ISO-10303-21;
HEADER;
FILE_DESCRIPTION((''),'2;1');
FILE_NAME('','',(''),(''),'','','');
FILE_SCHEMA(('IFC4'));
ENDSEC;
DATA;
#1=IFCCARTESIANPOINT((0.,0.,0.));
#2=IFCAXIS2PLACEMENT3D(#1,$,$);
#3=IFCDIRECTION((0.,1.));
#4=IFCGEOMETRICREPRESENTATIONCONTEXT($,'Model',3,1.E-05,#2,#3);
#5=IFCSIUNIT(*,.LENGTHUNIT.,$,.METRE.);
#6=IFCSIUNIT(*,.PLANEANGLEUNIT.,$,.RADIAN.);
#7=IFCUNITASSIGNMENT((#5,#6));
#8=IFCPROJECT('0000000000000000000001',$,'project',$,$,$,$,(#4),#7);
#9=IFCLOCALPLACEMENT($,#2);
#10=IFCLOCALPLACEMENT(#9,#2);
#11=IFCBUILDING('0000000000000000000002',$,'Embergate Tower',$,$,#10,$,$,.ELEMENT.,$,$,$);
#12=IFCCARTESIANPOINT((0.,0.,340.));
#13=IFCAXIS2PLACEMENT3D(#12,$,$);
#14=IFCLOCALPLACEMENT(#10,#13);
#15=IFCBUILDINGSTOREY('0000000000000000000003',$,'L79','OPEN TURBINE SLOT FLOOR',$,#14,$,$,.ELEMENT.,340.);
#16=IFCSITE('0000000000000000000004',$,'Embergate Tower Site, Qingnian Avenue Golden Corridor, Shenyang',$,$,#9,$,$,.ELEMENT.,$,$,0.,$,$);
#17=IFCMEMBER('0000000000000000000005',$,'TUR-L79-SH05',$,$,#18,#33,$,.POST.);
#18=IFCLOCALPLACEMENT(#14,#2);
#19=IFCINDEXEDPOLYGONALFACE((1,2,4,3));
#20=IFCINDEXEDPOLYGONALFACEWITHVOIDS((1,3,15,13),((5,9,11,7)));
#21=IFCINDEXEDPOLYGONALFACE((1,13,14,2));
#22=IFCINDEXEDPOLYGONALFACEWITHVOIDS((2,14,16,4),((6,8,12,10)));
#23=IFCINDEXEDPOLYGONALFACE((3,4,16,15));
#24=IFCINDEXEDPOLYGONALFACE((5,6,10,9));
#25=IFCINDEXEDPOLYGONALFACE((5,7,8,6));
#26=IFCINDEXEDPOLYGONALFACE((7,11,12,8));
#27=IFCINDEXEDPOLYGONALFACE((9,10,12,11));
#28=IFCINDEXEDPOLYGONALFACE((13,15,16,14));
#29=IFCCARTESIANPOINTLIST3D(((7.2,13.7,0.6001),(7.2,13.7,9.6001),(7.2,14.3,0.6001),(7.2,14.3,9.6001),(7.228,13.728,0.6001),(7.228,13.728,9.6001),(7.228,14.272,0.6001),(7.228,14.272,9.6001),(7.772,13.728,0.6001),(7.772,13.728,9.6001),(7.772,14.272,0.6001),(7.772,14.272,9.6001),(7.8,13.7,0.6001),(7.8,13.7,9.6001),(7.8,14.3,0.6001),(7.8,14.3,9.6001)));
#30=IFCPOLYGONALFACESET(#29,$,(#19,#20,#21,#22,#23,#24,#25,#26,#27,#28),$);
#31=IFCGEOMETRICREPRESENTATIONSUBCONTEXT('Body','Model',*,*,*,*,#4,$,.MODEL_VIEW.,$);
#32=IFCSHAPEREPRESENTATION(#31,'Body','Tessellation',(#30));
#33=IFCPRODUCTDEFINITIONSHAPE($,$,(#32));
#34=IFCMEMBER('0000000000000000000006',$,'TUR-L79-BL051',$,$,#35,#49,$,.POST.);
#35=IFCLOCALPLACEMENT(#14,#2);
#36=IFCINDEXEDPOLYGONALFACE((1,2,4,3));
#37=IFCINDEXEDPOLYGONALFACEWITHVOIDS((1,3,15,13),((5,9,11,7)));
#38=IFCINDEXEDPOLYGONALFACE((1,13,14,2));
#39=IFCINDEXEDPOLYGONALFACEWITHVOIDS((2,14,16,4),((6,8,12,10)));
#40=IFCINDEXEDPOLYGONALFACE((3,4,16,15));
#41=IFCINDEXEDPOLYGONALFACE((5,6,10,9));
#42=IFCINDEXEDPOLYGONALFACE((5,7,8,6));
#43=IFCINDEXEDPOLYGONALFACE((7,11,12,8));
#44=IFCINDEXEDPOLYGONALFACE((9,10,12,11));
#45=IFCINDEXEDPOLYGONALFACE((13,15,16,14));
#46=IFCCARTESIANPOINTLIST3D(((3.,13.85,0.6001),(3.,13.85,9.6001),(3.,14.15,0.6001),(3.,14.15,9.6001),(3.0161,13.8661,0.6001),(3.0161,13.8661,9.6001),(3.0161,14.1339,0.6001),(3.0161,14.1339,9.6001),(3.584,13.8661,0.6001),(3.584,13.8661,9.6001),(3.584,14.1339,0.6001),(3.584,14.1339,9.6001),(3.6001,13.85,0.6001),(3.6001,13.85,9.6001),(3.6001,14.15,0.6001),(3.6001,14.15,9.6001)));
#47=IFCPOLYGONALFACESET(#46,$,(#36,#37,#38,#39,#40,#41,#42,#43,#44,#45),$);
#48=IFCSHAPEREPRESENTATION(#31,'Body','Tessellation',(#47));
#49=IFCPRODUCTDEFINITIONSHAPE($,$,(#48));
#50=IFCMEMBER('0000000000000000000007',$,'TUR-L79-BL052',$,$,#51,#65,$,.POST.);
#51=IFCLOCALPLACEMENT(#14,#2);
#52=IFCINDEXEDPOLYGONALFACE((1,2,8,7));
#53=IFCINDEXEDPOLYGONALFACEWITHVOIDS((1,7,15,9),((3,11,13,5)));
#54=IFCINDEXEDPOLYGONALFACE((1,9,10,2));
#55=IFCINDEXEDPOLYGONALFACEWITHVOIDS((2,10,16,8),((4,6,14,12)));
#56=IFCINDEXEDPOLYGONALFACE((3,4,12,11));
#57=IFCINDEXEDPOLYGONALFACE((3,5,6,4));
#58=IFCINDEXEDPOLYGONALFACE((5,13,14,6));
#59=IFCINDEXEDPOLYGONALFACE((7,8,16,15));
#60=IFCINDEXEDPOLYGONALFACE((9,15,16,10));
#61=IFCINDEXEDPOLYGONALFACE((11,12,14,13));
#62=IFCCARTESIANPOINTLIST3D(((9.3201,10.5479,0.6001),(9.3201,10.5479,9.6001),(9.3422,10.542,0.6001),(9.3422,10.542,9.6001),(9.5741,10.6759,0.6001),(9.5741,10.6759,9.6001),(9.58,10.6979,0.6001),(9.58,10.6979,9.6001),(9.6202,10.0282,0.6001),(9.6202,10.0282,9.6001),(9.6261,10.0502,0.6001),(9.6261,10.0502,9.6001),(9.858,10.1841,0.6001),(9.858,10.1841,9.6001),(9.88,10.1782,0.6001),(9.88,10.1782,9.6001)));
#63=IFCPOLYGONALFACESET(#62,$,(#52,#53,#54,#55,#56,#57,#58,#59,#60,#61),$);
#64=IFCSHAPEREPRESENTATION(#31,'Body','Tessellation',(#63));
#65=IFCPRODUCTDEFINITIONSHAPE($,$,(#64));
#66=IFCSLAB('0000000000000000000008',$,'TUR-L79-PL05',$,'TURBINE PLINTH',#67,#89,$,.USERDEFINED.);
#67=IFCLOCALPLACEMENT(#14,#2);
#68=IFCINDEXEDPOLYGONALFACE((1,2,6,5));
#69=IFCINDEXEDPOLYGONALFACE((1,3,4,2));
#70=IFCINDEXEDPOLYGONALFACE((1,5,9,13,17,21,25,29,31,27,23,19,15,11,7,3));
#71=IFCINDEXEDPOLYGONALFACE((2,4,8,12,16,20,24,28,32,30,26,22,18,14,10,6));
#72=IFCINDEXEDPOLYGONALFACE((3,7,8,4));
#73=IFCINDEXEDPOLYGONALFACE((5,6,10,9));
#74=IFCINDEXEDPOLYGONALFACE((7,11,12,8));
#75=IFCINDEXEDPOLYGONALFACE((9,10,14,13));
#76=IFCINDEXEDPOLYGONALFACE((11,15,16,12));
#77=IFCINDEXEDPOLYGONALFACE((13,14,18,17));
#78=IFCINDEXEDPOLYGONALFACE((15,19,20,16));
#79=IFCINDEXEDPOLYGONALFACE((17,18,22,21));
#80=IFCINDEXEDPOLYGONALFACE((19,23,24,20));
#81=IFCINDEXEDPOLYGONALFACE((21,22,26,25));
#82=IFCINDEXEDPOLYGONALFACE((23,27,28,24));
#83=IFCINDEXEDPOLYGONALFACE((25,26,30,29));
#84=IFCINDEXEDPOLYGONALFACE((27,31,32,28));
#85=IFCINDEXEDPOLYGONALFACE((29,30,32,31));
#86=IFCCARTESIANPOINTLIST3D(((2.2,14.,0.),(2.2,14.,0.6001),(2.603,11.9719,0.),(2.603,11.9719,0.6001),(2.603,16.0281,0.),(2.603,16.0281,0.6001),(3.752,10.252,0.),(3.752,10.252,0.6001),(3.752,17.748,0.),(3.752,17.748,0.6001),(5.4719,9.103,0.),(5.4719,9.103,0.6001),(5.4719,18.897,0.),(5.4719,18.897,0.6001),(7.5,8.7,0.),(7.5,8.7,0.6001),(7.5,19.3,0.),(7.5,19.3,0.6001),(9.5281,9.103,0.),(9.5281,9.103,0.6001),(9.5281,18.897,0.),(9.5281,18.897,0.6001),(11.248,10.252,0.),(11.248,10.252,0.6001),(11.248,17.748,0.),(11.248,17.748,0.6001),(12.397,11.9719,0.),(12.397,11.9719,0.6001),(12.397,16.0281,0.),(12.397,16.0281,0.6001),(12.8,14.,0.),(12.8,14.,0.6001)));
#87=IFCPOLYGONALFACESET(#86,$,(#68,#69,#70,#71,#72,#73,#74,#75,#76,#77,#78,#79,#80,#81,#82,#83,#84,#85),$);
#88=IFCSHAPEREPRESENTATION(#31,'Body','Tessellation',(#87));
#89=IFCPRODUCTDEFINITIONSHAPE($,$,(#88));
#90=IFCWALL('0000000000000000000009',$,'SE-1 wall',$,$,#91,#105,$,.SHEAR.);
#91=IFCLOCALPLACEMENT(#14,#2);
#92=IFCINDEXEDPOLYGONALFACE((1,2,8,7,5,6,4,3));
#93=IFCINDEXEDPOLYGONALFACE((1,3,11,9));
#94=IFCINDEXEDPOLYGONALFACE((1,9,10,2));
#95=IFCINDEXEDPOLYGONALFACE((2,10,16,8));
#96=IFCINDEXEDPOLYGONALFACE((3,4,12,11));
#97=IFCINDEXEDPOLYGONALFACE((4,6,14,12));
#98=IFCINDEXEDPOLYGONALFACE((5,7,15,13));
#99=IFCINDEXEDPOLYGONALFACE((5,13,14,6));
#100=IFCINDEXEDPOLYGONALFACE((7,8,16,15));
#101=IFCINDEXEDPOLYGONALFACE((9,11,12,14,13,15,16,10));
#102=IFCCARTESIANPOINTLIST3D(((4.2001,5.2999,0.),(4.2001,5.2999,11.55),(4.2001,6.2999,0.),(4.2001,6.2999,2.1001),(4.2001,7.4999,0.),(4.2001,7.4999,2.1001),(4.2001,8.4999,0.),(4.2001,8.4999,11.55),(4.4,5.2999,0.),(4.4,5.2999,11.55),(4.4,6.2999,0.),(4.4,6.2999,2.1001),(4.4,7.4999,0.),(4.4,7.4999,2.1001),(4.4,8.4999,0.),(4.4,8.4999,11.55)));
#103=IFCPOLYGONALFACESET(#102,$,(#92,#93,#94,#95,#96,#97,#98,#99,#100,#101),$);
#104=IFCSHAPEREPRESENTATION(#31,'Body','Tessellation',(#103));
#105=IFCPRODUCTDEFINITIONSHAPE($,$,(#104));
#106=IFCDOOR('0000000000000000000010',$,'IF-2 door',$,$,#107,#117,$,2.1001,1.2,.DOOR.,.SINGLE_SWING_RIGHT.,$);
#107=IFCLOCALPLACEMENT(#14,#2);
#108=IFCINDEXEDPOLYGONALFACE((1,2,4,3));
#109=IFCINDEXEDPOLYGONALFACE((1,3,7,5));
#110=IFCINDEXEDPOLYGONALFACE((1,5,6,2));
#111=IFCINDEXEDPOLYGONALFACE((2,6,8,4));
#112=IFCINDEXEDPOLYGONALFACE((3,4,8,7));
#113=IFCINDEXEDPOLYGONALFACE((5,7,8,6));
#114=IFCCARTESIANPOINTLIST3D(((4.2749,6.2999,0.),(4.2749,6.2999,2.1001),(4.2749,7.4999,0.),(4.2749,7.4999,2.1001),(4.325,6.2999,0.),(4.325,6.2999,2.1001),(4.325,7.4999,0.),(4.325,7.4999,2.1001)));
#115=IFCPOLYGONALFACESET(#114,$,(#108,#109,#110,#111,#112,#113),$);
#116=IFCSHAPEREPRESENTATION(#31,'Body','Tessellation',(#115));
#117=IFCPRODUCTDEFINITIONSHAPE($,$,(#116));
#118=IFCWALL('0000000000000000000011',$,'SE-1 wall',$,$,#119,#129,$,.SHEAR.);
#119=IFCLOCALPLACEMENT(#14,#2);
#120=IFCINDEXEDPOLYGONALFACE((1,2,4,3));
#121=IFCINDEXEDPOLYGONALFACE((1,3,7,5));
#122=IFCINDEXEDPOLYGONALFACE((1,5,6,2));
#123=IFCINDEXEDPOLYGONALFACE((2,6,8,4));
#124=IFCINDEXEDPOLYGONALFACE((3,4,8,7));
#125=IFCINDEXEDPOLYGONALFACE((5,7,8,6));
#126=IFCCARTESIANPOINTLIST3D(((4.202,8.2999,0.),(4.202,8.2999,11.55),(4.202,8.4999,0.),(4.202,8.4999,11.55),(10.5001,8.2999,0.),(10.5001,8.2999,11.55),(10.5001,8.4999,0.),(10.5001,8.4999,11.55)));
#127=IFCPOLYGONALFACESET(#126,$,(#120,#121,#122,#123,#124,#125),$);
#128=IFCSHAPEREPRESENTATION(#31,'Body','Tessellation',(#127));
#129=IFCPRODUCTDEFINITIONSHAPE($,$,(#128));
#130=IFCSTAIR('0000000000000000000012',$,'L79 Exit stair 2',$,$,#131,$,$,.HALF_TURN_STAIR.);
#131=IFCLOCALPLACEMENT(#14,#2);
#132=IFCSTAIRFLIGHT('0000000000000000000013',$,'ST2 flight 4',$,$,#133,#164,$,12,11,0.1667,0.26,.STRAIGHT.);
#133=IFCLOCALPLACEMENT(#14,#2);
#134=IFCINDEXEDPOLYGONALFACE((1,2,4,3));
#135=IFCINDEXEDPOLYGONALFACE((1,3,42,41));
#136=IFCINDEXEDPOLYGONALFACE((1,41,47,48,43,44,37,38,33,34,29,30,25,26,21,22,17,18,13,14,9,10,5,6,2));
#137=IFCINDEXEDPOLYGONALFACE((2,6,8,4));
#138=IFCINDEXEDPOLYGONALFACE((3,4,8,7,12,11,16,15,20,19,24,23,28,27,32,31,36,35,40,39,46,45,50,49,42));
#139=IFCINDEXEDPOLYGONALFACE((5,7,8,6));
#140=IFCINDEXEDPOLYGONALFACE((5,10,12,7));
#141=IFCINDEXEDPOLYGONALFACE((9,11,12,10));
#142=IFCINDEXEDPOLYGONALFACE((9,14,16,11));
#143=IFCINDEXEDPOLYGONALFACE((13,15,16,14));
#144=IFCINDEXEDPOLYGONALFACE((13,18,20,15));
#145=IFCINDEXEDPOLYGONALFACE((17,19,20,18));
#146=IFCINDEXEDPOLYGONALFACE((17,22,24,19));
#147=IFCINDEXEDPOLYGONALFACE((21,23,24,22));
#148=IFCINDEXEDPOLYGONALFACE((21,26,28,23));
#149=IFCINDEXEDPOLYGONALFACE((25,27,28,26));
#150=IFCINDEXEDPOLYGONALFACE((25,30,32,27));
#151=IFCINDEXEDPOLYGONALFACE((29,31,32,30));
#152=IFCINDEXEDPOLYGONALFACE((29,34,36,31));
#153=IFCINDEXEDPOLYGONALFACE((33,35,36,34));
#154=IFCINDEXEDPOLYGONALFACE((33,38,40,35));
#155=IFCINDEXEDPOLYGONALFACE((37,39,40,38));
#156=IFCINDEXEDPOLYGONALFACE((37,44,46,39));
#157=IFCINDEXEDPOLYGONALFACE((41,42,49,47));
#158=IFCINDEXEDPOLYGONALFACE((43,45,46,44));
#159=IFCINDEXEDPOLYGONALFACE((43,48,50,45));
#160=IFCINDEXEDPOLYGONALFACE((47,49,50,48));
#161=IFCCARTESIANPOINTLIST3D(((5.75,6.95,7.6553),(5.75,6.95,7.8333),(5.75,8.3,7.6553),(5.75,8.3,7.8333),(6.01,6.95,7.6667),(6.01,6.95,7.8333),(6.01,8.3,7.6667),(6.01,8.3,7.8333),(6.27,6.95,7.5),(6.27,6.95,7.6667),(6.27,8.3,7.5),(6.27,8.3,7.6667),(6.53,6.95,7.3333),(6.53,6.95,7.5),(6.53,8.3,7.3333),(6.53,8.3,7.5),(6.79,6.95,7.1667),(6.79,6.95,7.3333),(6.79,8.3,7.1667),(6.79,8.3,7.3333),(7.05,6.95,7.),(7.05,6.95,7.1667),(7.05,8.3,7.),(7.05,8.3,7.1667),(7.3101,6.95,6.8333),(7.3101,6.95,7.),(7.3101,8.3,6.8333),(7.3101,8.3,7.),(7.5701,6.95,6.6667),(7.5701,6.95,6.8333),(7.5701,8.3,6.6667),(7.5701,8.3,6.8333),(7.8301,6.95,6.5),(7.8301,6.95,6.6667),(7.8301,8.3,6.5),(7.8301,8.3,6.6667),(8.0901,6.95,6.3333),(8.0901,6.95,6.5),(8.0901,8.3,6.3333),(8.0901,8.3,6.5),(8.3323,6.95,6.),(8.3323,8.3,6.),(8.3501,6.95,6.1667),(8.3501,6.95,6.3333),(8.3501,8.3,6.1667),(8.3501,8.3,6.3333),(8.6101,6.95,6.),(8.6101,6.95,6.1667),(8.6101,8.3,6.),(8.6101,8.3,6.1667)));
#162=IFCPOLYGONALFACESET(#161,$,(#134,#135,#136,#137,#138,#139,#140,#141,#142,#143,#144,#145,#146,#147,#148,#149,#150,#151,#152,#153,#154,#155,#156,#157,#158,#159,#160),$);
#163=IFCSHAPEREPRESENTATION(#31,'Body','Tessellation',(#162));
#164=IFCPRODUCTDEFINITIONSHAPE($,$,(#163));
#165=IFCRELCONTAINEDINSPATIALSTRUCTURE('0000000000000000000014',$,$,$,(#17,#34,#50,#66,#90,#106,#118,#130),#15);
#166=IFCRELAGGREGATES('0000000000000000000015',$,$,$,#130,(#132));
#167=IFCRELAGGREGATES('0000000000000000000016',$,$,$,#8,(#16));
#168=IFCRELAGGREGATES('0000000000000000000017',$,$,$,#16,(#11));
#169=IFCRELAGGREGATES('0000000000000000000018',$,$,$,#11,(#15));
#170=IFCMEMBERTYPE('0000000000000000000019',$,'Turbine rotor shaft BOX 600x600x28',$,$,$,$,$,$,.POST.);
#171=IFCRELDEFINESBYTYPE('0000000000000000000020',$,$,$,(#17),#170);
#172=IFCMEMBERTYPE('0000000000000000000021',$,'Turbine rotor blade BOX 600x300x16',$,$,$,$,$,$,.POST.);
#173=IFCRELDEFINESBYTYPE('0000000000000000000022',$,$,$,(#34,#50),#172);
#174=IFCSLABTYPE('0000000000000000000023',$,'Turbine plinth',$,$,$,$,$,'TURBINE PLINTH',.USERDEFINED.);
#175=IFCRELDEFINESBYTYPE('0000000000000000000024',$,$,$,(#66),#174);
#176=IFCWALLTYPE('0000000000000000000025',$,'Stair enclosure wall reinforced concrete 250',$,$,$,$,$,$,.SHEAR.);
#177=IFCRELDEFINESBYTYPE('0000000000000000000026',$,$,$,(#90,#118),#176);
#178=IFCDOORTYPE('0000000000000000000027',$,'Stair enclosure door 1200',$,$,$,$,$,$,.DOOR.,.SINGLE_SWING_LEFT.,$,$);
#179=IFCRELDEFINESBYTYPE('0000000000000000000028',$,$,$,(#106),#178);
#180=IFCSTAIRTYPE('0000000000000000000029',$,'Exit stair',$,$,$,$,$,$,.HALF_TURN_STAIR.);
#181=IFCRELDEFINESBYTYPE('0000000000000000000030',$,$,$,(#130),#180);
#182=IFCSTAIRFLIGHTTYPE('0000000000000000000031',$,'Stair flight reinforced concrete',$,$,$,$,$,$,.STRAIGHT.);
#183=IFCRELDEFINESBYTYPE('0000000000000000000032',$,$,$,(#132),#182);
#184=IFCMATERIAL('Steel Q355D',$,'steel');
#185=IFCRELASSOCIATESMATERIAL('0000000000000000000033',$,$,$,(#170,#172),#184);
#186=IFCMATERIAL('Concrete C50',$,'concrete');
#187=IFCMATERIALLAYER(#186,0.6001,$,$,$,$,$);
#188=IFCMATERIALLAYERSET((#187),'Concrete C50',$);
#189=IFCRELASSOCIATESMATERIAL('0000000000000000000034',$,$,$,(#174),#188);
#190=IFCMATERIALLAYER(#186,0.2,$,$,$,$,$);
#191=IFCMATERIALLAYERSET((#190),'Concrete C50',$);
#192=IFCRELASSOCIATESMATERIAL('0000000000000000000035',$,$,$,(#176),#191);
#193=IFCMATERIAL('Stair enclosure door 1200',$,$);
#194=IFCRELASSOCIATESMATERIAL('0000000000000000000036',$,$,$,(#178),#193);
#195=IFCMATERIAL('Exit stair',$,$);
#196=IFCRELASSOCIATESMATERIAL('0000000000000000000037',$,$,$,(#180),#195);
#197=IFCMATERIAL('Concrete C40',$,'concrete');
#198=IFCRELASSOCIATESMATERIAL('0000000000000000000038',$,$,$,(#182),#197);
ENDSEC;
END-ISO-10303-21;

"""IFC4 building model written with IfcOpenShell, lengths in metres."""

from ifc_helpers import new_model, si_unit, direction, frame, frame_2d, origin, origin_2d, place, context, subcontext, project, spatial, polyline, rectangle, hollow_rectangle, outline, extrude, source, transform, mapped, material, layer, layer_set, material_profile, profile_set, type_object, element, fill, aggregate, save


model = new_model("IFC4")

# Units and contexts
model_context = context("Model", 3, precision=1e-05, world=origin(), true_north=direction((0.0, 1.0)))
body_context = subcontext(model_context, "Body", "Model", "MODEL_VIEW")
ifc_project = project(units=[si_unit("LENGTHUNIT", "METRE"), si_unit("PLANEANGLEUNIT", "RADIAN")], contexts=[model_context])

# Site, building, storey
site_placement = place(None, origin())
site = spatial("IfcSite", under=ifc_project, at=site_placement, Name="Embergate Tower Site, Qingnian Avenue Golden Corridor, Shenyang", CompositionType="ELEMENT", RefElevation=0.0)
building_placement = place(site_placement, origin())
building = spatial("IfcBuilding", under=site, at=building_placement, Name="Embergate Tower", CompositionType="ELEMENT")
storey_placement = place(building_placement, frame((0.0, 0.0, 340.0)))
storey = spatial("IfcBuildingStorey", under=building, at=storey_placement, Name="L79", Description="OPEN TURBINE SLOT FLOOR", CompositionType="ELEMENT", Elevation=340.0)

# Shared definitions
ifc_material_1 = material(Name="Steel Q355D", Category="steel")

# Members
ifc_material_profile_1 = material_profile(ifc_material_1, hollow_rectangle(XDim=0.6001, YDim=0.6001, WallThickness=0.0281, at=origin_2d()), Name="BOX 600x600x28")
ifc_profile_set_1 = profile_set([ifc_material_profile_1], Name="Steel Q355 grade D")
member_type_1 = type_object("IfcMemberType", Name="Turbine rotor shaft BOX 600x600x28", PredefinedType="POST", material=ifc_profile_set_1)
shared_shape_1 = source(origin(), body_context, "Body", "SweptSolid", [
    extrude(hollow_rectangle(XDim=0.6001, YDim=0.6001, WallThickness=0.0281, at=origin_2d()), origin(), (0.0, 0.0, 1.0), 9.0),
])
member_1_placement = place(storey_placement, frame((7.5, 14.0, 0.6001), z_axis=(0.0, 0.0, 1.0), x_axis=(1.0, 0.0, 0.0)))
element("IfcMember", 1, at=member_1_placement, inside=storey, type_object=member_type_1, Name="TUR-L79-SH05", PredefinedType="POST", context=body_context, shape_type="MappedRepresentation", body=[
    mapped(shared_shape_1, transform((0.0, 0.0, 0.0))),
])
ifc_material_profile_2 = material_profile(ifc_material_1, hollow_rectangle(XDim=0.3, YDim=0.6001, WallThickness=0.0161, at=origin_2d()), Name="BOX 600x300x16")
ifc_profile_set_2 = profile_set([ifc_material_profile_2], Name="Steel Q355 grade D")
member_type_2 = type_object("IfcMemberType", Name="Turbine rotor blade BOX 600x300x16", PredefinedType="POST", material=ifc_profile_set_2)
shared_shape_2 = source(origin(), body_context, "Body", "SweptSolid", [
    extrude(hollow_rectangle(XDim=0.3, YDim=0.6001, WallThickness=0.0161, at=origin_2d()), origin(), (0.0, 0.0, 1.0), 9.0),
])
for number, where, z_axis, x_axis, name in (
    (2, (3.3, 14.0, 0.6001), (0.0, 0.0, 1.0), (0.0, -1.0, 0.0), "TUR-L79-BL051"),
    (3, (9.6001, 10.363, 0.6001), (0.0, 0.0, 1.0), (0.866025, 0.5, 0.0), "TUR-L79-BL052"),
):
    element("IfcMember", number, at=place(storey_placement, frame(where, z_axis=z_axis, x_axis=x_axis)), inside=storey, type_object=member_type_2, Name=name, PredefinedType="POST", context=body_context, shape_type="MappedRepresentation", body=[
        mapped(shared_shape_2, transform((0.0, 0.0, 0.0))),
    ])

# Slab
ifc_material_2 = material(Name="Concrete C50", Category="concrete")
ifc_layer_1 = layer(ifc_material_2, 0.6001)
ifc_layer_set_1 = layer_set([ifc_layer_1], Name="Concrete C50")
slab_type = type_object("IfcSlabType", Name="Turbine plinth", ElementType="TURBINE PLINTH", PredefinedType="USERDEFINED", material=ifc_layer_set_1)
shared_shape_3 = source(origin(), body_context, "Body", "SweptSolid", [
    extrude(outline(polyline([(0.0, 0.0), (2.0281, 0.4031), (3.748, 1.552), (4.897, 3.272), (5.3, 5.3), (4.897, 7.3281), (3.748, 9.0481), (2.0281, 10.197), (0.0, 10.6001), (-2.0281, 10.197), (-3.748, 9.0481), (-4.897, 7.3281), (-5.3, 5.3), (-4.897, 3.272), (-3.748, 1.552), (-2.0281, 0.4031), (0.0, 0.0)])), origin(), (0.0, 0.0, 1.0), 0.6001),
])
slab_placement = place(storey_placement, frame((7.5, 8.7, 0.0)))
element("IfcSlab", 4, at=slab_placement, inside=storey, type_object=slab_type, Name="TUR-L79-PL05", ObjectType="TURBINE PLINTH", PredefinedType="USERDEFINED", context=body_context, shape_type="MappedRepresentation", body=[
    mapped(shared_shape_3, transform((0.0, 0.0, 0.0))),
])

# Wall, opening, door
ifc_layer_2 = layer(ifc_material_2, 0.2)
ifc_layer_set_2 = layer_set([ifc_layer_2], Name="Concrete C50")
wall_type = type_object("IfcWallType", Name="Stair enclosure wall reinforced concrete 250", PredefinedType="SHEAR", material=ifc_layer_set_2)
shared_shape_4 = source(origin(), body_context, "Body", "SweptSolid", [
    extrude(rectangle(XDim=3.2, YDim=0.2, at=frame_2d((1.6001, 0.0))), origin(), (0.0, 0.0, 1.0), 11.55),
])
wall_1_placement = place(storey_placement, frame((4.3, 8.5, 0.0), z_axis=(0.0, 0.0, 1.0), x_axis=(0.0, -1.0, 0.0)))
wall_1 = element("IfcWall", 5, at=wall_1_placement, inside=storey, type_object=wall_type, Name="SE-1 wall", PredefinedType="SHEAR", context=body_context, shape_type="MappedRepresentation", body=[
    mapped(shared_shape_4, transform((0.0, 0.0, 0.0))),
])
shared_shape_5 = source(origin(), body_context, "Body", "SweptSolid", [
    extrude(rectangle(XDim=1.2, YDim=2.1001, at=frame_2d((0.6001, 1.05))), frame((0.0, 0.1099, 0.0), z_axis=(0.0, -1.0, 0.0), x_axis=(1.0, 0.0, 0.0)), (0.0, 0.0, 1.0), 0.22),
])
opening_placement = place(wall_1_placement, frame((1.0, 0.0, 0.0)))
opening = element("IfcOpeningElement", 6, at=opening_placement, cuts=wall_1, PredefinedType="OPENING", context=body_context, shape_type="MappedRepresentation", body=[
    mapped(shared_shape_5, transform((0.0, 0.0, 0.0))),
])
ifc_material_3 = material(Name="Stair enclosure door 1200")
door_type = type_object("IfcDoorType", Name="Stair enclosure door 1200", OperationType="SINGLE_SWING_LEFT", PredefinedType="DOOR", material=ifc_material_3)
shared_shape_6 = source(origin(), body_context, "Body", "SweptSolid", [
    extrude(rectangle(XDim=1.2, YDim=2.1001, at=frame_2d((0.6001, 1.05))), frame((0.0, 0.0249, 0.0), z_axis=(0.0, -1.0, 0.0), x_axis=(1.0, 0.0, 0.0)), (0.0, 0.0, 1.0), 0.05),
])
door_placement = place(opening_placement, origin())
door = element("IfcDoor", 7, at=door_placement, inside=storey, type_object=door_type, Name="IF-2 door", OperationType="SINGLE_SWING_RIGHT", OverallHeight=2.1001, OverallWidth=1.2, PredefinedType="DOOR", context=body_context, shape_type="MappedRepresentation", body=[
    mapped(shared_shape_6, transform((0.0, 0.0, 0.0))),
])
fill(opening, door)

# Wall
shared_shape_7 = source(origin(), body_context, "Body", "SweptSolid", [
    extrude(rectangle(XDim=6.2981, YDim=0.2, at=frame_2d((3.1489, 0.0))), origin(), (0.0, 0.0, 1.0), 11.55),
])
wall_2_placement = place(storey_placement, frame((10.5, 8.3999, 0.0), z_axis=(0.0, 0.0, 1.0), x_axis=(-1.0, 0.0, 0.0)))
element("IfcWall", 8, at=wall_2_placement, inside=storey, type_object=wall_type, Name="SE-1 wall", PredefinedType="SHEAR", context=body_context, shape_type="MappedRepresentation", body=[
    mapped(shared_shape_7, transform((0.0, 0.0, 0.0))),
])

# Stair, stair flight
ifc_material_4 = material(Name="Exit stair")
stair_type = type_object("IfcStairType", Name="Exit stair", PredefinedType="HALF_TURN_STAIR", material=ifc_material_4)
stair_placement = place(storey_placement, origin())
stair = element("IfcStair", 9, at=stair_placement, inside=storey, type_object=stair_type, Name="L79 Exit stair 2", PredefinedType="HALF_TURN_STAIR")
ifc_material_5 = material(Name="Concrete C40", Category="concrete")
stair_flight_type = type_object("IfcStairFlightType", Name="Stair flight reinforced concrete", PredefinedType="STRAIGHT", material=ifc_material_5)
shared_shape_8 = source(origin(), body_context, "Body", "SweptSolid", [
    extrude(outline(polyline([(0.0, 0.0), (0.0, 0.1667), (0.26, 0.1667), (0.26, 0.3333), (0.52, 0.3333), (0.52, 0.5), (0.78, 0.5), (0.78, 0.6667), (1.04, 0.6667), (1.04, 0.8333), (1.3, 0.8333), (1.3, 1.0), (1.5601, 1.0), (1.5601, 1.1667), (1.8201, 1.1667), (1.8201, 1.3333), (2.0801, 1.3333), (2.0801, 1.5), (2.3401, 1.5), (2.3401, 1.6667), (2.6001, 1.6667), (2.6001, 1.8333), (2.8601, 1.8333), (2.8601, 2.0), (2.8601, 1.6553), (0.2778, 0.0), (0.0, 0.0)])), frame((0.0, 0.675, 0.0), z_axis=(0.0, -1.0, 0.0), x_axis=(1.0, 0.0, 0.0)), (0.0, 0.0, 1.0), 1.3501),
])
stair_flight_1_placement = place(storey_placement, frame((8.6101, 7.625, 6.0), z_axis=(0.0, 0.0, 1.0), x_axis=(-1.0, 0.0, 0.0)))
stair_flight_1 = element("IfcStairFlight", 10, at=stair_flight_1_placement, type_object=stair_flight_type, Name="ST2 flight 4", NumberOfRisers=12, NumberOfTreads=11, PredefinedType="STRAIGHT", RiserHeight=0.1667, TreadLength=0.26, context=body_context, shape_type="MappedRepresentation", body=[
    mapped(shared_shape_8, transform((0.0, 0.0, 0.0))),
])
aggregate(stair, [stair_flight_1])

save(model, "model.ifc")
